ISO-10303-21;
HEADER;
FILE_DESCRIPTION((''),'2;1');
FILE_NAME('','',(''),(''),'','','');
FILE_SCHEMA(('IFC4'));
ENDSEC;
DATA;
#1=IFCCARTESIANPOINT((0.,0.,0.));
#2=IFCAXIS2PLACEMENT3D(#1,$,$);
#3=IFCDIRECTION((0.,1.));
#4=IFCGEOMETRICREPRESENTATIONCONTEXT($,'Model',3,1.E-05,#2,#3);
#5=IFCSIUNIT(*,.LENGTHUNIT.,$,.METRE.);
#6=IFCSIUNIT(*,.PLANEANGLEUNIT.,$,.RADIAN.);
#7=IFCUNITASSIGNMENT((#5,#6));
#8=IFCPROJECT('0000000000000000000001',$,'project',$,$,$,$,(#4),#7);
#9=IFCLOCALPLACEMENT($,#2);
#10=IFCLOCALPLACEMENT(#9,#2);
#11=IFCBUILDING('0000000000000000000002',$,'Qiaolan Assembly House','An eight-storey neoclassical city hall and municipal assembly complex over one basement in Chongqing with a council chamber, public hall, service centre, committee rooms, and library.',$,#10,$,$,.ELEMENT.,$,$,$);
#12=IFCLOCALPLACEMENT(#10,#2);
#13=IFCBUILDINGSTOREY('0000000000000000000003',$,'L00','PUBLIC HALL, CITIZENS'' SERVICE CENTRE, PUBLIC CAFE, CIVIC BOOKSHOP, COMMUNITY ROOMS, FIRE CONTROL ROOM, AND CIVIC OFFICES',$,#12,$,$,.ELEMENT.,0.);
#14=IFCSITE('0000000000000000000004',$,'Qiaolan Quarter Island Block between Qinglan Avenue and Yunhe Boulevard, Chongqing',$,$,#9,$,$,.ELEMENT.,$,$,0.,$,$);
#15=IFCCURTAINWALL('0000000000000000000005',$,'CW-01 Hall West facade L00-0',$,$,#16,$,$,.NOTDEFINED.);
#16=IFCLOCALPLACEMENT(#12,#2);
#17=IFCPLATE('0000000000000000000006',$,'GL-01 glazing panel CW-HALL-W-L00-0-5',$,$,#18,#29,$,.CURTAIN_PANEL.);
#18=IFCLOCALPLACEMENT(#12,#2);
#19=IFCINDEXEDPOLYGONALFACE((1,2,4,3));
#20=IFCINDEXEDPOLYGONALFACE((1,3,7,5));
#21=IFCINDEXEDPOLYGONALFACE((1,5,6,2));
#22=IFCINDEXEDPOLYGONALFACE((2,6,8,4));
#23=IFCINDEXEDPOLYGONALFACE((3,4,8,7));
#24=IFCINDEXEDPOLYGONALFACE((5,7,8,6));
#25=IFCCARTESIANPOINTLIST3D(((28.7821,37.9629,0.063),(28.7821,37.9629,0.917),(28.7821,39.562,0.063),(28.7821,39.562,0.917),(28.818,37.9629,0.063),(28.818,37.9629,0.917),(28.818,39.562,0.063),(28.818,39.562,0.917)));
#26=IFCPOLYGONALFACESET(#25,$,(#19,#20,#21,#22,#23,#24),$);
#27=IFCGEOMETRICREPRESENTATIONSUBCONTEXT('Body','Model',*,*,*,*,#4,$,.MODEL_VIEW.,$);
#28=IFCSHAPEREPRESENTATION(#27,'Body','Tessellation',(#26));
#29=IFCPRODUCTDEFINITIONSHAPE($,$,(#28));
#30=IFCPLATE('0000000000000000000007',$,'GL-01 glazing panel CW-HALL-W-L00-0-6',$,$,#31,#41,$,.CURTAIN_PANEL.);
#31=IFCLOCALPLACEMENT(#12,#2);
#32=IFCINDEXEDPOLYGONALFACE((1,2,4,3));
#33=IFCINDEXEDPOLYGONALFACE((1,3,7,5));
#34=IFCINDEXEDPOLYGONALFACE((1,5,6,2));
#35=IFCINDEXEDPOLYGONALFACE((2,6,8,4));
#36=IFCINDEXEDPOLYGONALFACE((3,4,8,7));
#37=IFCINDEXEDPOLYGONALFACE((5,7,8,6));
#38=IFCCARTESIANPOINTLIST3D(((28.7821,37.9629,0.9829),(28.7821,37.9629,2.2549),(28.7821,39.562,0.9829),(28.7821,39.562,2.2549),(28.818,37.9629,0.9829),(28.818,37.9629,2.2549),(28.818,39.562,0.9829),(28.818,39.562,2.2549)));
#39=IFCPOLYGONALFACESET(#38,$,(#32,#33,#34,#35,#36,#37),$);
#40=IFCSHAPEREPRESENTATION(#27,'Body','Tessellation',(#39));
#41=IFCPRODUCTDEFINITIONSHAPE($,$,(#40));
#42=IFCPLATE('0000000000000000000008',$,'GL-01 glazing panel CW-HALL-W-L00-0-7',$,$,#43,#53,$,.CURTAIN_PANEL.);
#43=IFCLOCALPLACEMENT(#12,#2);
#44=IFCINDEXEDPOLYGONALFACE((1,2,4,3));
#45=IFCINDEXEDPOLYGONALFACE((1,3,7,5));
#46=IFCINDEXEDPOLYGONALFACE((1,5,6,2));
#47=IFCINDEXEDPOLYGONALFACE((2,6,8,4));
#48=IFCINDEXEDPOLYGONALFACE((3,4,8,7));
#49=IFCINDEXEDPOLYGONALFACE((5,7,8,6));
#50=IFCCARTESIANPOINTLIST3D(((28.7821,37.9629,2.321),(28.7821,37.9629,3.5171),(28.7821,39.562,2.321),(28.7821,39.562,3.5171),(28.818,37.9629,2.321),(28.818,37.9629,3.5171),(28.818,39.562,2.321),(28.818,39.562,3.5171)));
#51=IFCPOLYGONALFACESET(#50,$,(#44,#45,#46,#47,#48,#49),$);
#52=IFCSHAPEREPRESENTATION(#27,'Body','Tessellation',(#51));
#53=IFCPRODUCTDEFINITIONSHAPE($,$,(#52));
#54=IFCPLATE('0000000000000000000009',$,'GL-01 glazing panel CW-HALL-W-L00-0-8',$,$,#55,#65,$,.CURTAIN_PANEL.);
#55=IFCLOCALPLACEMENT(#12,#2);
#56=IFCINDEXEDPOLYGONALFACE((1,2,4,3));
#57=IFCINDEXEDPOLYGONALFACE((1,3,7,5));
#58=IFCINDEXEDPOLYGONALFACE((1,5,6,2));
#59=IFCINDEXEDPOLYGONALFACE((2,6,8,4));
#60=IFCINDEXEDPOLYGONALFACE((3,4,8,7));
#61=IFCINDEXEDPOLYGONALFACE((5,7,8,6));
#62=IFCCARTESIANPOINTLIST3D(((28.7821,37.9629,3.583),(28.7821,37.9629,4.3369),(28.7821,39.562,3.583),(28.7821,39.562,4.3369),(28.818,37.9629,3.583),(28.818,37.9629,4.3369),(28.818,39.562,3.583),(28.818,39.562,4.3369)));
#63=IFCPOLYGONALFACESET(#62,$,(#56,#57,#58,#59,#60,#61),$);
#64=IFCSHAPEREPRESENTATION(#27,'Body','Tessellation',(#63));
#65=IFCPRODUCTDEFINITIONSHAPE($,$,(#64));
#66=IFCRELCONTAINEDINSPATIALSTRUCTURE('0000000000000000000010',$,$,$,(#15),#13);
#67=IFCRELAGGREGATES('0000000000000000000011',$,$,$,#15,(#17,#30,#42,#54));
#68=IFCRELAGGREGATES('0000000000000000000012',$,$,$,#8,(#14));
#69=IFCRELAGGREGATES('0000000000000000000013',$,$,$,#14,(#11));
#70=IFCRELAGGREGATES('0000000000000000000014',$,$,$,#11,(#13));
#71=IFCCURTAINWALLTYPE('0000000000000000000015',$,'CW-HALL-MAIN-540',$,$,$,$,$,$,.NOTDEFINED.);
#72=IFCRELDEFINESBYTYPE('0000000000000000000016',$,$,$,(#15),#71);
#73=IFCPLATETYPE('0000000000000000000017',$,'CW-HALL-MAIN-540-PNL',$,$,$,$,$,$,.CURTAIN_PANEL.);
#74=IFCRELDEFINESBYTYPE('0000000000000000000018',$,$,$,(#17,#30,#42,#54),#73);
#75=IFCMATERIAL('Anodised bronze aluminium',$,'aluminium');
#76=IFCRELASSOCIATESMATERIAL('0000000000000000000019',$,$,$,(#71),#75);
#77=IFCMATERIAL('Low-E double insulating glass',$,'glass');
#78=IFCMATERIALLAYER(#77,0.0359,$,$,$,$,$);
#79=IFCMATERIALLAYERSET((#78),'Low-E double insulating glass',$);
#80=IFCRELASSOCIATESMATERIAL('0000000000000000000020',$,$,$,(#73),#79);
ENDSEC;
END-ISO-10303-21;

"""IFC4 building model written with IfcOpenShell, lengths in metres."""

from ifc_helpers import new_model, si_unit, direction, frame, frame_2d, origin, place, context, subcontext, project, spatial, rectangle, extrude, material, layer, layer_set, type_object, element, aggregate, save


model = new_model("IFC4")

# Units and contexts
model_context = context("Model", 3, precision=1e-05, world=origin(), true_north=direction((0.0, 1.0)))
body_context = subcontext(model_context, "Body", "Model", "MODEL_VIEW")
ifc_project = project(units=[si_unit("LENGTHUNIT", "METRE"), si_unit("PLANEANGLEUNIT", "RADIAN")], contexts=[model_context])

# Site, building, storey
site_placement = place(None, origin())
site = spatial("IfcSite", under=ifc_project, at=site_placement, Name="Qiaolan Quarter Island Block between Qinglan Avenue and Yunhe Boulevard, Chongqing", CompositionType="ELEMENT", RefElevation=0.0)
building_placement = place(site_placement, origin())
building = spatial("IfcBuilding", under=site, at=building_placement, Name="Qiaolan Assembly House", Description="An eight-storey neoclassical city hall and municipal assembly complex over one basement in Chongqing with a council chamber, public hall, service centre, committee rooms, and library.", CompositionType="ELEMENT")
storey_placement = place(building_placement, origin())
storey = spatial("IfcBuildingStorey", under=building, at=storey_placement, Name="L00", Description="PUBLIC HALL, CITIZENS' SERVICE CENTRE, PUBLIC CAFE, CIVIC BOOKSHOP, COMMUNITY ROOMS, FIRE CONTROL ROOM, AND CIVIC OFFICES", CompositionType="ELEMENT", Elevation=0.0)

# Curtain wall
ifc_material_1 = material(Name="Anodised bronze aluminium", Category="aluminium")
curtain_wall_type = type_object("IfcCurtainWallType", Name="CW-HALL-MAIN-540", PredefinedType="NOTDEFINED", material=ifc_material_1)
curtain_wall_placement = place(storey_placement, origin())
curtain_wall = element("IfcCurtainWall", 1, at=curtain_wall_placement, inside=storey, type_object=curtain_wall_type, Name="CW-01 Hall West facade L00-0", PredefinedType="NOTDEFINED")

# Plates
ifc_material_2 = material(Name="Low-E double insulating glass", Category="glass")
ifc_layer = layer(ifc_material_2, 0.0359)
ifc_layer_set = layer_set([ifc_layer], Name="Low-E double insulating glass")
plate_type = type_object("IfcPlateType", Name="CW-HALL-MAIN-540-PNL", PredefinedType="CURTAIN_PANEL", material=ifc_layer_set)
plate_1_placement = place(storey_placement, frame((28.8, 37.9629, 0.063), z_axis=(0.0, 0.0, 1.0), x_axis=(0.0, 1.0, 0.0)))
plate_1 = element("IfcPlate", 2, at=plate_1_placement, type_object=plate_type, Name="GL-01 glazing panel CW-HALL-W-L00-0-5", PredefinedType="CURTAIN_PANEL", context=body_context, shape_type="SweptSolid", body=[
    extrude(rectangle(XDim=1.5991, YDim=0.0359, at=frame_2d((0.7996, 0.0))), origin(), (0.0, 0.0, 1.0), 0.854),
])
plate_2_placement = place(storey_placement, frame((28.8, 37.9629, 0.9829), z_axis=(0.0, 0.0, 1.0), x_axis=(0.0, 1.0, 0.0)))
plate_2 = element("IfcPlate", 3, at=plate_2_placement, type_object=plate_type, Name="GL-01 glazing panel CW-HALL-W-L00-0-6", PredefinedType="CURTAIN_PANEL", context=body_context, shape_type="SweptSolid", body=[
    extrude(rectangle(XDim=1.5991, YDim=0.0359, at=frame_2d((0.7996, 0.0))), origin(), (0.0, 0.0, 1.0), 1.272),
])
plate_3_placement = place(storey_placement, frame((28.8, 37.9629, 2.321), z_axis=(0.0, 0.0, 1.0), x_axis=(0.0, 1.0, 0.0)))
plate_3 = element("IfcPlate", 4, at=plate_3_placement, type_object=plate_type, Name="GL-01 glazing panel CW-HALL-W-L00-0-7", PredefinedType="CURTAIN_PANEL", context=body_context, shape_type="SweptSolid", body=[
    extrude(rectangle(XDim=1.5991, YDim=0.0359, at=frame_2d((0.7996, 0.0))), origin(), (0.0, 0.0, 1.0), 1.196),
])
plate_4_placement = place(storey_placement, frame((28.8, 37.9629, 3.583), z_axis=(0.0, 0.0, 1.0), x_axis=(0.0, 1.0, 0.0)))
plate_4 = element("IfcPlate", 5, at=plate_4_placement, type_object=plate_type, Name="GL-01 glazing panel CW-HALL-W-L00-0-8", PredefinedType="CURTAIN_PANEL", context=body_context, shape_type="SweptSolid", body=[
    extrude(rectangle(XDim=1.5991, YDim=0.0359, at=frame_2d((0.7996, 0.0))), origin(), (0.0, 0.0, 1.0), 0.7539),
])
aggregate(curtain_wall, [plate_1, plate_2, plate_3, plate_4])

save(model, "model.ifc")
